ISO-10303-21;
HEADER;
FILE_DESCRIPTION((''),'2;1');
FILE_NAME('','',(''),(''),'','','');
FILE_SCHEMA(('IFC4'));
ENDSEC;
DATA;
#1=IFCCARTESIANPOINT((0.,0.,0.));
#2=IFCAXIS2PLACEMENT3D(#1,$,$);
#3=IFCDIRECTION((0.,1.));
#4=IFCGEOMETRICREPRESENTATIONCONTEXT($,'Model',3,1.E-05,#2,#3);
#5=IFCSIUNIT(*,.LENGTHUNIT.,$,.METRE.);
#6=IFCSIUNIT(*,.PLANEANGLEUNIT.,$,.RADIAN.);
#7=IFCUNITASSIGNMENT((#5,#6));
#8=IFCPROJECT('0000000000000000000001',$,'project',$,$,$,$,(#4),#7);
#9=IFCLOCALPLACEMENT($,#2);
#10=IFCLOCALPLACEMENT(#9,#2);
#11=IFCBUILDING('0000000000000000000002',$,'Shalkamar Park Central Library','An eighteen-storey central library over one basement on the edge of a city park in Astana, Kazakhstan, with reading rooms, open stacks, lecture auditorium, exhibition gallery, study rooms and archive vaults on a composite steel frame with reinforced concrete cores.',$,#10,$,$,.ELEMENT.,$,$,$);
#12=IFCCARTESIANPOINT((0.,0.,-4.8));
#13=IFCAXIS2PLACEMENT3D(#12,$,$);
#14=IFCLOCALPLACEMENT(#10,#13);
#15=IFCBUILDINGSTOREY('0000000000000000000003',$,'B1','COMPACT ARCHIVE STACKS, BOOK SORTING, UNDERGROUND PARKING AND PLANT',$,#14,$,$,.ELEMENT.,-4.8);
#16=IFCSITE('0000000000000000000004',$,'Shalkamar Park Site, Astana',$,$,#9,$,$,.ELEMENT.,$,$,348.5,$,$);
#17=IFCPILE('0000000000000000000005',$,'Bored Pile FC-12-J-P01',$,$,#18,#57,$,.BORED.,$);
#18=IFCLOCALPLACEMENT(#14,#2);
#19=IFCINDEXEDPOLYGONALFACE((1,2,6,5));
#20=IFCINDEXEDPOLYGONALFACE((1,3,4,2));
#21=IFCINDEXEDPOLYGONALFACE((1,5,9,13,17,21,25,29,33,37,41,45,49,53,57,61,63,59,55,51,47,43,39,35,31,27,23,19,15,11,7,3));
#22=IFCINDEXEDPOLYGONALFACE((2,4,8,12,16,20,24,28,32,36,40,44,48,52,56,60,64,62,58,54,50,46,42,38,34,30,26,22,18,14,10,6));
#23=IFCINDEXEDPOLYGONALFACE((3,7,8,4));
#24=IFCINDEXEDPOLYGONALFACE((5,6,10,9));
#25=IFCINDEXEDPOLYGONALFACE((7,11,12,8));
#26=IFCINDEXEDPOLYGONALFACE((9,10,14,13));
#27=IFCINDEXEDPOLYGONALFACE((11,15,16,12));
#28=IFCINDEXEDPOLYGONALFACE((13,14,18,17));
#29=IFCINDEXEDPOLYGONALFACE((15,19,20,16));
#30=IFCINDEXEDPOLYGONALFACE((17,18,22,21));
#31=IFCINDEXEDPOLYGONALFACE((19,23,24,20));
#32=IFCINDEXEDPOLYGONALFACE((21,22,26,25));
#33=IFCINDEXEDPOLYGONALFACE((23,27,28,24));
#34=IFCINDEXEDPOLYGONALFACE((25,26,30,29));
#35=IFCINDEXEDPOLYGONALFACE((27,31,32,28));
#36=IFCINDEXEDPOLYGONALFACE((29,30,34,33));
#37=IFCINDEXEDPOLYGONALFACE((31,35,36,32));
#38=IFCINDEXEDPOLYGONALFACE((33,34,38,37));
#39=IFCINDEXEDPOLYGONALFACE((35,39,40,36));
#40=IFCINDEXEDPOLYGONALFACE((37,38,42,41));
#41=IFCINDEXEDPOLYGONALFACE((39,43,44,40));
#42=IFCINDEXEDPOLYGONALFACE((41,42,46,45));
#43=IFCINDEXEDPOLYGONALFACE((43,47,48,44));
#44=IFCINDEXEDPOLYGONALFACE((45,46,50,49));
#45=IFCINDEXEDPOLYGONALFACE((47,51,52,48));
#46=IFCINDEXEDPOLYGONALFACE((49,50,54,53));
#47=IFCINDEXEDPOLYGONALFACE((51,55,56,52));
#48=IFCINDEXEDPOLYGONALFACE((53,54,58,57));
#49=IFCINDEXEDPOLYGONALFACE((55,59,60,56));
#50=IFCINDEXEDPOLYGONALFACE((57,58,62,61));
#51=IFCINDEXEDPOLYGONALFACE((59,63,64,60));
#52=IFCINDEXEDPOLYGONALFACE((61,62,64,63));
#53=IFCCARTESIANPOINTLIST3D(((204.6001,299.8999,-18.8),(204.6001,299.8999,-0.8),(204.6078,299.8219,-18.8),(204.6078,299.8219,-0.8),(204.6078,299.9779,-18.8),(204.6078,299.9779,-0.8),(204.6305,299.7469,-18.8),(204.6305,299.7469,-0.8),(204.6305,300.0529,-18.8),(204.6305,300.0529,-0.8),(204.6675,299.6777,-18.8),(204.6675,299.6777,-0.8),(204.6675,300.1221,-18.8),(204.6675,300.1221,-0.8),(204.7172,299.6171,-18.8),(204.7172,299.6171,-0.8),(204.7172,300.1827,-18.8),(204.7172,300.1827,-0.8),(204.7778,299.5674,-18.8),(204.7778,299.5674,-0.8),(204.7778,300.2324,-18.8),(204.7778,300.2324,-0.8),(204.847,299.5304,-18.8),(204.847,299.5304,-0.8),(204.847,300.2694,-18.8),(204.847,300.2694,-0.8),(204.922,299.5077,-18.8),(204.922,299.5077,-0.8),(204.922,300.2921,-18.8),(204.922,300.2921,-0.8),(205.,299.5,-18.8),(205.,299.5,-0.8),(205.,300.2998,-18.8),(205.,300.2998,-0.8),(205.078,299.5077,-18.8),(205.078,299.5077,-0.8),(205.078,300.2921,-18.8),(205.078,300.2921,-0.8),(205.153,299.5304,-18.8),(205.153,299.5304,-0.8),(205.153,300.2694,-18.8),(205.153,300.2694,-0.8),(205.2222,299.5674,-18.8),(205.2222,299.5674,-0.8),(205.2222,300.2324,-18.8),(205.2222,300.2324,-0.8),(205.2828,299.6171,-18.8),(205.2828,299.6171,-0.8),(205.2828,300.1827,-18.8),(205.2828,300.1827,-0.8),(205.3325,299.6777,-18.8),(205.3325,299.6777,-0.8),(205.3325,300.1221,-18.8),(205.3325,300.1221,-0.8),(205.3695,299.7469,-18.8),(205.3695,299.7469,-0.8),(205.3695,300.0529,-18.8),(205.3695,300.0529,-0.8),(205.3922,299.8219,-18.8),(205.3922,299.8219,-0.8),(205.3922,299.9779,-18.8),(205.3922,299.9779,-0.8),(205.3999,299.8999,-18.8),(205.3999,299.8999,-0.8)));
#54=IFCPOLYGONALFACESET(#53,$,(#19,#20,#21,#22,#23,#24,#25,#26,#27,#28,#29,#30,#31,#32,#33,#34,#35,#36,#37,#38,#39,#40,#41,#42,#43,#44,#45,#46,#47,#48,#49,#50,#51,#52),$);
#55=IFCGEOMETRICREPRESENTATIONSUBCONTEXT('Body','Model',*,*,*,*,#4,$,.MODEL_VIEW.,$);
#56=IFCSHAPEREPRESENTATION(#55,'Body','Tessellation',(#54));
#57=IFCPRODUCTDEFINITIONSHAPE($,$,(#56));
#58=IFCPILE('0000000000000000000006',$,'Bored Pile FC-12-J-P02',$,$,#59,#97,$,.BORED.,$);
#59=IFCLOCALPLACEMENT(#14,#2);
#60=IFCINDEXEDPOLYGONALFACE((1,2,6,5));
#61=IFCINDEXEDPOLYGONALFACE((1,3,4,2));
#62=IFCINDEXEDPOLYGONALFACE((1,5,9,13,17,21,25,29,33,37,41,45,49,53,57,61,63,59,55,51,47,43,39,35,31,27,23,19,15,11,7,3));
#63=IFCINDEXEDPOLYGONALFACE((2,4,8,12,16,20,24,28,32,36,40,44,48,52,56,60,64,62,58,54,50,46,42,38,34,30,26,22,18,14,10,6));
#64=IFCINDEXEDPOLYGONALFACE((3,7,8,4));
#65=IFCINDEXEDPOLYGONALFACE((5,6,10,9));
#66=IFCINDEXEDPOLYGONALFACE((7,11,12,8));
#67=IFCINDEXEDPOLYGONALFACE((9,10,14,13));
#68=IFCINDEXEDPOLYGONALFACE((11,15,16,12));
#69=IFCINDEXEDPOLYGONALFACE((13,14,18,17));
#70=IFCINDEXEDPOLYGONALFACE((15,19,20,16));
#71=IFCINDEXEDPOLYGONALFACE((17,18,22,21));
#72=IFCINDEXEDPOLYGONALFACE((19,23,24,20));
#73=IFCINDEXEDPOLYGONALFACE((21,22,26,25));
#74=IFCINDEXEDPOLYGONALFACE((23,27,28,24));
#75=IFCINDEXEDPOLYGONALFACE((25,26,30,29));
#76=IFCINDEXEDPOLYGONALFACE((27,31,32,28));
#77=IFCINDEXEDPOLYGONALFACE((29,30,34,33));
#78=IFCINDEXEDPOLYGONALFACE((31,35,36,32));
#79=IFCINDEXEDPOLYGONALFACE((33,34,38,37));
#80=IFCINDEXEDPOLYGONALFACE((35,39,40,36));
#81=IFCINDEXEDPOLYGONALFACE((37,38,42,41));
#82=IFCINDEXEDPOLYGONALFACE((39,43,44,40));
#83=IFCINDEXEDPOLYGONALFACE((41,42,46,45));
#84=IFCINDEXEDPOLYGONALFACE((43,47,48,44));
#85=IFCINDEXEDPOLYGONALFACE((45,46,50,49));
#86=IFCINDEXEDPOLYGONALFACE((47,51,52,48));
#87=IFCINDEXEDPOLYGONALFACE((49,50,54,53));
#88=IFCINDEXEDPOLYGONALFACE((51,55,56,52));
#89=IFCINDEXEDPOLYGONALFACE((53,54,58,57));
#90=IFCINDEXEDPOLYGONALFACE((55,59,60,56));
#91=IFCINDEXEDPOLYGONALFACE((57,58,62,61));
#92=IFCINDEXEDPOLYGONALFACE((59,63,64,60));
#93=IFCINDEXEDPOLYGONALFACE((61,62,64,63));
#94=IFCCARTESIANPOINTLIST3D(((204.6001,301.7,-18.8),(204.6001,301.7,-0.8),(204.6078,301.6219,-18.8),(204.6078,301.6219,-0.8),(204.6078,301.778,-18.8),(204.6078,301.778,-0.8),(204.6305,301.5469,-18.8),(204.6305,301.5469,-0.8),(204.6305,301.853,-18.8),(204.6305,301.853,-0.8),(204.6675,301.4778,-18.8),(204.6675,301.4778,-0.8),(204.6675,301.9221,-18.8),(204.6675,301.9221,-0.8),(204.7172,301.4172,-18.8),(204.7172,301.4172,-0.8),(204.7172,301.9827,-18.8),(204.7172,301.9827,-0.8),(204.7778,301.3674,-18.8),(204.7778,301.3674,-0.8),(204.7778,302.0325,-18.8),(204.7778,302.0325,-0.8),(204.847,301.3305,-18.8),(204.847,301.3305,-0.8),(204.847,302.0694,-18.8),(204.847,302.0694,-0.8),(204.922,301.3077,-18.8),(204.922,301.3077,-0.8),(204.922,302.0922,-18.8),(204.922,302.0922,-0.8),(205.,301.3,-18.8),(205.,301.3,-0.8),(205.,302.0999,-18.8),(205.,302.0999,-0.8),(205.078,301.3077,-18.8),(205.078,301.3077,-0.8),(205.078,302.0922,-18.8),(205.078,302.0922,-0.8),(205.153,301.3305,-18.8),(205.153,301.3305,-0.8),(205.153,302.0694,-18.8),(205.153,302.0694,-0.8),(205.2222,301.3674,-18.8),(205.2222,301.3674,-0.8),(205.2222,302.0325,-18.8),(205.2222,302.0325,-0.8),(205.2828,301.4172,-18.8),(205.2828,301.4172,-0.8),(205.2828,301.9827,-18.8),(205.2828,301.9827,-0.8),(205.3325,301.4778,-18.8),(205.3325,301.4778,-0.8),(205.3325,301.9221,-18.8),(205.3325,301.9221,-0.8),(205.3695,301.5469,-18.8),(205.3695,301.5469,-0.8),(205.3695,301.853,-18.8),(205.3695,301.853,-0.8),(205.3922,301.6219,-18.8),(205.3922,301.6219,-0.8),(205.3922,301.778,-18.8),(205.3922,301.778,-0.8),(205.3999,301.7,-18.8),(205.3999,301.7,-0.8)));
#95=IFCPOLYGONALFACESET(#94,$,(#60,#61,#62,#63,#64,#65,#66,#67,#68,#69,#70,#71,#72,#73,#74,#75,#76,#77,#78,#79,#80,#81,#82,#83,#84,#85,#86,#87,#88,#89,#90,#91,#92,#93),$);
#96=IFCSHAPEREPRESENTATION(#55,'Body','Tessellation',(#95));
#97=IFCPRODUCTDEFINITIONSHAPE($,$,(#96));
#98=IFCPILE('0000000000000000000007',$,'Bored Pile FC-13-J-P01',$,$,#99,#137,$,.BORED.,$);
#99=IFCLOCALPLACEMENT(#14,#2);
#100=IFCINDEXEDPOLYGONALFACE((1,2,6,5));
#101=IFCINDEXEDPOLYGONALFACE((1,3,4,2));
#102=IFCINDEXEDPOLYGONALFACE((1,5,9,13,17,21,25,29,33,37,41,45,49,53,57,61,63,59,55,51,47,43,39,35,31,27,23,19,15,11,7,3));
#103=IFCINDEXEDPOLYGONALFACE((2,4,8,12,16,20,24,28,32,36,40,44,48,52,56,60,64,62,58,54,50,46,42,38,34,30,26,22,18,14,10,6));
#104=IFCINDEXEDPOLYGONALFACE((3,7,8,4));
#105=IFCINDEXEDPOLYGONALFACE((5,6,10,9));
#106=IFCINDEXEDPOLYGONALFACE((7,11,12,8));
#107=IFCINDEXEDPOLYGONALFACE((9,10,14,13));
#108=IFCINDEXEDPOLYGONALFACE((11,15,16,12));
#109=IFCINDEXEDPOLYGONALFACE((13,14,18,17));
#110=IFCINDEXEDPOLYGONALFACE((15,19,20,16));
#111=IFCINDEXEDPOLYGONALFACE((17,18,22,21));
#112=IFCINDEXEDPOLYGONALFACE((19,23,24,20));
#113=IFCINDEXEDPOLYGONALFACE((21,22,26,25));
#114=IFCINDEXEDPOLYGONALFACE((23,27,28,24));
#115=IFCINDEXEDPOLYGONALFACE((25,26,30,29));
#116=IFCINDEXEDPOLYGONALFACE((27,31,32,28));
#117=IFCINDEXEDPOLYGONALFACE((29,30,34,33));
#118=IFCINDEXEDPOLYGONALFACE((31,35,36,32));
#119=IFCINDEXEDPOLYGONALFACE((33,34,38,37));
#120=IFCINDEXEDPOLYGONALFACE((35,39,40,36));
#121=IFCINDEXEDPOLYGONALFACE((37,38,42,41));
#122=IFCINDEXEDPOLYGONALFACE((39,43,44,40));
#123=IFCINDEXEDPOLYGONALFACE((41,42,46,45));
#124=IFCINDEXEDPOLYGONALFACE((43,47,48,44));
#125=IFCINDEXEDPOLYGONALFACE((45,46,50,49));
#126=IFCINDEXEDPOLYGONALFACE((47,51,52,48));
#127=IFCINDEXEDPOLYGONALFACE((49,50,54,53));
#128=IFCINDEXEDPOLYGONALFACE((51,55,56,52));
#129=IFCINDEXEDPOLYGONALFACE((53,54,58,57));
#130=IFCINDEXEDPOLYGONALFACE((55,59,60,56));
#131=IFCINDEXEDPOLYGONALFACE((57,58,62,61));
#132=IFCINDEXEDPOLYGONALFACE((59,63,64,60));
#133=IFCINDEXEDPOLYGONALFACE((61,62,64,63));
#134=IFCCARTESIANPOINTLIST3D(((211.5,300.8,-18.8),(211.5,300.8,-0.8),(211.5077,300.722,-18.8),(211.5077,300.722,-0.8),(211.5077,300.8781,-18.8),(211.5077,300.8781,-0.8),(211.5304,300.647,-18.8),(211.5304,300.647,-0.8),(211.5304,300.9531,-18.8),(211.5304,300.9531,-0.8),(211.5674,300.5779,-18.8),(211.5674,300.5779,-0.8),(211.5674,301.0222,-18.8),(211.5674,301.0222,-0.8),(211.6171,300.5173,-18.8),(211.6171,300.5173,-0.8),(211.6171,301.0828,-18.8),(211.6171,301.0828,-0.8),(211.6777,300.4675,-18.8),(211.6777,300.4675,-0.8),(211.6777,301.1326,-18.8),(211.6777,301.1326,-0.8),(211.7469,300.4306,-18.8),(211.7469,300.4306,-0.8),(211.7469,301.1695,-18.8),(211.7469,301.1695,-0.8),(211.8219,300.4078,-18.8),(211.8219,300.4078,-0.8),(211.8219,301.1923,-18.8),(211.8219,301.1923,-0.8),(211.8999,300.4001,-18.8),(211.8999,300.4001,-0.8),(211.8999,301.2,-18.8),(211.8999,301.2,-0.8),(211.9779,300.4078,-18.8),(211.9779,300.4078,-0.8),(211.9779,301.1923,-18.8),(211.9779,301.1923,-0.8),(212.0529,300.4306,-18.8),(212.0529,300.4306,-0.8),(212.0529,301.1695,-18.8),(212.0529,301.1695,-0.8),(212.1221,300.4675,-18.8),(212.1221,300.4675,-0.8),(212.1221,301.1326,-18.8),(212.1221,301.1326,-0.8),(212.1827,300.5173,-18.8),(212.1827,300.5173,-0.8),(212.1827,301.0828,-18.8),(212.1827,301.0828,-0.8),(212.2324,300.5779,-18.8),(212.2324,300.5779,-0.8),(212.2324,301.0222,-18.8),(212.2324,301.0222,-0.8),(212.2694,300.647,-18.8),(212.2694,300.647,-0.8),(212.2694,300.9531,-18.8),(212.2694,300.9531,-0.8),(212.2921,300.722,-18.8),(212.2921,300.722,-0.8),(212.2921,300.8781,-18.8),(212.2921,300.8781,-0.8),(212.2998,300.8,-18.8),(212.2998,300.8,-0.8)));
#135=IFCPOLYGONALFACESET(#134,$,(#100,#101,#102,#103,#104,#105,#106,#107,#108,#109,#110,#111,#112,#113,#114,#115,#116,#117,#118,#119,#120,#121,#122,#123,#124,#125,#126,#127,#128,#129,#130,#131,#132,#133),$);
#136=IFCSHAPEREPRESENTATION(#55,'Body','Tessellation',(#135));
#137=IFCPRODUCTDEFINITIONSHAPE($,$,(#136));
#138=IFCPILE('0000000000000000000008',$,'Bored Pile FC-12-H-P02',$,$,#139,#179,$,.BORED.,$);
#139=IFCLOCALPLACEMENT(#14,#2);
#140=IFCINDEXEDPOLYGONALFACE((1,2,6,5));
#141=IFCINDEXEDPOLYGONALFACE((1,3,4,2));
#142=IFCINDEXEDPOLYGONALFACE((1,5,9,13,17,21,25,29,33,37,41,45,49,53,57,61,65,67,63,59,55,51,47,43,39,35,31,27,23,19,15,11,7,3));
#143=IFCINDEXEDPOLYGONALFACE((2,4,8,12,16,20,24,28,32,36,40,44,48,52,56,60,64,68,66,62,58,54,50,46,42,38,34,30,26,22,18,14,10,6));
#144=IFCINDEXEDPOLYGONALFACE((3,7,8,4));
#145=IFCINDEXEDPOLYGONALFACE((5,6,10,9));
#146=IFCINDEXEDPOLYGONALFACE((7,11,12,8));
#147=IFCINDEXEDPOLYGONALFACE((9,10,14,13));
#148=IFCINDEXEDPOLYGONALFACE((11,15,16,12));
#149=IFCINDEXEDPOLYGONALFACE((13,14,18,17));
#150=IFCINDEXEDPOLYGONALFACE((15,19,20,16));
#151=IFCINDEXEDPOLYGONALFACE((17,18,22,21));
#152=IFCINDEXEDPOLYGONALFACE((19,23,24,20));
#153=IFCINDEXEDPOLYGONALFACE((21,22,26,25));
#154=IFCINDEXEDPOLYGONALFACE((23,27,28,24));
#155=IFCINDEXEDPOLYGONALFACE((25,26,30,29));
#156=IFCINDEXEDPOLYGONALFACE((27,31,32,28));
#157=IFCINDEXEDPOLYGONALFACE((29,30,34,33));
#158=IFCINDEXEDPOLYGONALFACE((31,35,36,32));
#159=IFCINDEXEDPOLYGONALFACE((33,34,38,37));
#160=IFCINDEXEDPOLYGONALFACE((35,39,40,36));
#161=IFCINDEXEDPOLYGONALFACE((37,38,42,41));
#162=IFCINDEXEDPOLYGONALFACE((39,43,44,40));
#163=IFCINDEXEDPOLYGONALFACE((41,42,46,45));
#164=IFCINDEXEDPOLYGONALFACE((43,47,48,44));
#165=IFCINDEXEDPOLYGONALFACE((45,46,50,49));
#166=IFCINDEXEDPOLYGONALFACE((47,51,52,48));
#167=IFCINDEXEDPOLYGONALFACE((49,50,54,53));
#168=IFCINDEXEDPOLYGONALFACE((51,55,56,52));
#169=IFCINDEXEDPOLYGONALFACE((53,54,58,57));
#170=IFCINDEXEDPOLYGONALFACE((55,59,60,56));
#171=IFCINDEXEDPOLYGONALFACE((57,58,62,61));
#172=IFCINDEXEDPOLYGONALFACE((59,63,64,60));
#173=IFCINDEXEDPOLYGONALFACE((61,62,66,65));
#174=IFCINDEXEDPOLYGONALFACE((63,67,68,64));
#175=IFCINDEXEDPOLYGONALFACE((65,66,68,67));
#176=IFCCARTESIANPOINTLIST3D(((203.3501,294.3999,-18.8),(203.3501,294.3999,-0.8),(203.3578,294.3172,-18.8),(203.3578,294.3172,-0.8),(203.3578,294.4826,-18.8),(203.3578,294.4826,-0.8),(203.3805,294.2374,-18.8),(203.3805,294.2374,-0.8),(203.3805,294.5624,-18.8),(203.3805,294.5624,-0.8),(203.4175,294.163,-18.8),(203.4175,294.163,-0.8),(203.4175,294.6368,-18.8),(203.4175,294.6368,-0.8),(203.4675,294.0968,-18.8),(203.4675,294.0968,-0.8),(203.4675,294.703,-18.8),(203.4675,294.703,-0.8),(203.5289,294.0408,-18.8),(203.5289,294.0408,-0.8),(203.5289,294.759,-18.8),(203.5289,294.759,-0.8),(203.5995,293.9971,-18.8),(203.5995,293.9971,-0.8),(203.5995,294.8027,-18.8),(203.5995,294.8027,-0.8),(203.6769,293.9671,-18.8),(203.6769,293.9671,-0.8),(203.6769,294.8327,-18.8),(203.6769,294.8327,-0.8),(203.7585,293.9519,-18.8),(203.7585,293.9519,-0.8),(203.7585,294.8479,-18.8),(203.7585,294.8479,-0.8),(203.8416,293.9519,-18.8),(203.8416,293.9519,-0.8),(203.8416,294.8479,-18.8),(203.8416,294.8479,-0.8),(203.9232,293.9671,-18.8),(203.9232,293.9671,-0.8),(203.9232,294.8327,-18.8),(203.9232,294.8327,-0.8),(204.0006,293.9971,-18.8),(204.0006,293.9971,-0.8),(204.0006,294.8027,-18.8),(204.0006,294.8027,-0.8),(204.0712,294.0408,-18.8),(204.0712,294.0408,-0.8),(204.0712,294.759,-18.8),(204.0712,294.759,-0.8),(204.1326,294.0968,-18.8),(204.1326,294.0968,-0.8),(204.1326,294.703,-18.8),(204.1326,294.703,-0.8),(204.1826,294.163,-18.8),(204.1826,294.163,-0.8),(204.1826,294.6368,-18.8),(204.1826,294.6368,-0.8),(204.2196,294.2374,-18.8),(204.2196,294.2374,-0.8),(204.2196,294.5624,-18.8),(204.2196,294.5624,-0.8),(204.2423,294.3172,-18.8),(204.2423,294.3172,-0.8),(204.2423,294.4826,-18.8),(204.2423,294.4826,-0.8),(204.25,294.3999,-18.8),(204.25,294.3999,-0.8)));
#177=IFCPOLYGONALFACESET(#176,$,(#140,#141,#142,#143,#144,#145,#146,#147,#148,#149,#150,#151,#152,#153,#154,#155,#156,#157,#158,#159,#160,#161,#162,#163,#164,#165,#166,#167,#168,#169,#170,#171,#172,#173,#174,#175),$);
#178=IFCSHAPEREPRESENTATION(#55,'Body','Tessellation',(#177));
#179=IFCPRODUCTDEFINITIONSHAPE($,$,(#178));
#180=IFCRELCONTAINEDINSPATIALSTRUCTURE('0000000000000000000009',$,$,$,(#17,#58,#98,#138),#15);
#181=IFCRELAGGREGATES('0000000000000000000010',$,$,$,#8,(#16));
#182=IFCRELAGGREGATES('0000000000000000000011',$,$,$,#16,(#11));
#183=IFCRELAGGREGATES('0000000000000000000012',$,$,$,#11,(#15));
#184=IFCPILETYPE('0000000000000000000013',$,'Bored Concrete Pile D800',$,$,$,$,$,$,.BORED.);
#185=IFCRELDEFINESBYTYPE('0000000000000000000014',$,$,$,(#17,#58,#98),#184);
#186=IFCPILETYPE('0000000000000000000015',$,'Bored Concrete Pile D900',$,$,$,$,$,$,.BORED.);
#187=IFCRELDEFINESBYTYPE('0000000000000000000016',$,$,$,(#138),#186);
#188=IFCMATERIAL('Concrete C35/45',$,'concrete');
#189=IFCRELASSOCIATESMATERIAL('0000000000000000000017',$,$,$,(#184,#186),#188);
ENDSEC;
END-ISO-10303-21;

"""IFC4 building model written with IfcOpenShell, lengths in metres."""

from ifc_helpers import new_model, si_unit, direction, frame, origin, origin_2d, place, context, subcontext, project, spatial, circle, extrude, material, material_profile, profile_set, type_object, element, save


model = new_model("IFC4")

# Units and contexts
model_context = context("Model", 3, precision=1e-05, world=origin(), true_north=direction((0.0, 1.0)))
body_context = subcontext(model_context, "Body", "Model", "MODEL_VIEW")
ifc_project = project(units=[si_unit("LENGTHUNIT", "METRE"), si_unit("PLANEANGLEUNIT", "RADIAN")], contexts=[model_context])

# Site, building, storey
site_placement = place(None, origin())
site = spatial("IfcSite", under=ifc_project, at=site_placement, Name="Shalkamar Park Site, Astana", CompositionType="ELEMENT", RefElevation=348.5)
building_placement = place(site_placement, origin())
building = spatial("IfcBuilding", under=site, at=building_placement, Name="Shalkamar Park Central Library", Description="An eighteen-storey central library over one basement on the edge of a city park in Astana, Kazakhstan, with reading rooms, open stacks, lecture auditorium, exhibition gallery, study rooms and archive vaults on a composite steel frame with reinforced concrete cores.", CompositionType="ELEMENT")
storey_placement = place(building_placement, frame((0.0, 0.0, -4.8)))
storey = spatial("IfcBuildingStorey", under=building, at=storey_placement, Name="B1", Description="COMPACT ARCHIVE STACKS, BOOK SORTING, UNDERGROUND PARKING AND PLANT", CompositionType="ELEMENT", Elevation=-4.8)

# Piles
ifc_material_1 = material(Name="Concrete C35/45", Category="concrete")
ifc_material_profile_1 = material_profile(ifc_material_1, circle(Radius=0.3999, at=origin_2d()), Name="PILE D800")
ifc_profile_set_1 = profile_set([ifc_material_profile_1], Name="Concrete C35/45")
pile_type_1 = type_object("IfcPileType", Name="Bored Concrete Pile D800", PredefinedType="BORED", material=ifc_profile_set_1)
for number, where, z_axis, x_axis, name in (
    (1, (205.0, 299.8999, -0.8), (0.0, 0.0, -1.0), (1.0, 0.0, 0.0), "Bored Pile FC-12-J-P01"),
    (2, (205.0, 301.7, -0.8), (0.0, 0.0, -1.0), (1.0, 0.0, 0.0), "Bored Pile FC-12-J-P02"),
    (3, (211.8999, 300.8, -0.8), (0.0, 0.0, -1.0), (1.0, 0.0, 0.0), "Bored Pile FC-13-J-P01"),
):
    element("IfcPile", number, at=place(storey_placement, frame(where, z_axis=z_axis, x_axis=x_axis)), inside=storey, type_object=pile_type_1, Name=name, PredefinedType="BORED", context=body_context, shape_type="SweptSolid", body=[
        extrude(circle(Radius=0.3999, at=origin_2d()), origin(), (0.0, 0.0, 1.0), 18.0),
    ])
ifc_material_profile_2 = material_profile(ifc_material_1, circle(Radius=0.45, at=origin_2d()), Name="PILE D900")
ifc_profile_set_2 = profile_set([ifc_material_profile_2], Name="Concrete C35/45")
pile_type_2 = type_object("IfcPileType", Name="Bored Concrete Pile D900", PredefinedType="BORED", material=ifc_profile_set_2)
for number, where, z_axis, x_axis, name in (
    (4, (203.8, 294.3999, -0.8), (0.0, 0.0, -1.0), (1.0, 0.0, 0.0), "Bored Pile FC-12-H-P02"),
):
    element("IfcPile", number, at=place(storey_placement, frame(where, z_axis=z_axis, x_axis=x_axis)), inside=storey, type_object=pile_type_2, Name=name, PredefinedType="BORED", context=body_context, shape_type="SweptSolid", body=[
        extrude(circle(Radius=0.45, at=origin_2d()), origin(), (0.0, 0.0, 1.0), 18.0),
    ])

save(model, "model.ifc")
